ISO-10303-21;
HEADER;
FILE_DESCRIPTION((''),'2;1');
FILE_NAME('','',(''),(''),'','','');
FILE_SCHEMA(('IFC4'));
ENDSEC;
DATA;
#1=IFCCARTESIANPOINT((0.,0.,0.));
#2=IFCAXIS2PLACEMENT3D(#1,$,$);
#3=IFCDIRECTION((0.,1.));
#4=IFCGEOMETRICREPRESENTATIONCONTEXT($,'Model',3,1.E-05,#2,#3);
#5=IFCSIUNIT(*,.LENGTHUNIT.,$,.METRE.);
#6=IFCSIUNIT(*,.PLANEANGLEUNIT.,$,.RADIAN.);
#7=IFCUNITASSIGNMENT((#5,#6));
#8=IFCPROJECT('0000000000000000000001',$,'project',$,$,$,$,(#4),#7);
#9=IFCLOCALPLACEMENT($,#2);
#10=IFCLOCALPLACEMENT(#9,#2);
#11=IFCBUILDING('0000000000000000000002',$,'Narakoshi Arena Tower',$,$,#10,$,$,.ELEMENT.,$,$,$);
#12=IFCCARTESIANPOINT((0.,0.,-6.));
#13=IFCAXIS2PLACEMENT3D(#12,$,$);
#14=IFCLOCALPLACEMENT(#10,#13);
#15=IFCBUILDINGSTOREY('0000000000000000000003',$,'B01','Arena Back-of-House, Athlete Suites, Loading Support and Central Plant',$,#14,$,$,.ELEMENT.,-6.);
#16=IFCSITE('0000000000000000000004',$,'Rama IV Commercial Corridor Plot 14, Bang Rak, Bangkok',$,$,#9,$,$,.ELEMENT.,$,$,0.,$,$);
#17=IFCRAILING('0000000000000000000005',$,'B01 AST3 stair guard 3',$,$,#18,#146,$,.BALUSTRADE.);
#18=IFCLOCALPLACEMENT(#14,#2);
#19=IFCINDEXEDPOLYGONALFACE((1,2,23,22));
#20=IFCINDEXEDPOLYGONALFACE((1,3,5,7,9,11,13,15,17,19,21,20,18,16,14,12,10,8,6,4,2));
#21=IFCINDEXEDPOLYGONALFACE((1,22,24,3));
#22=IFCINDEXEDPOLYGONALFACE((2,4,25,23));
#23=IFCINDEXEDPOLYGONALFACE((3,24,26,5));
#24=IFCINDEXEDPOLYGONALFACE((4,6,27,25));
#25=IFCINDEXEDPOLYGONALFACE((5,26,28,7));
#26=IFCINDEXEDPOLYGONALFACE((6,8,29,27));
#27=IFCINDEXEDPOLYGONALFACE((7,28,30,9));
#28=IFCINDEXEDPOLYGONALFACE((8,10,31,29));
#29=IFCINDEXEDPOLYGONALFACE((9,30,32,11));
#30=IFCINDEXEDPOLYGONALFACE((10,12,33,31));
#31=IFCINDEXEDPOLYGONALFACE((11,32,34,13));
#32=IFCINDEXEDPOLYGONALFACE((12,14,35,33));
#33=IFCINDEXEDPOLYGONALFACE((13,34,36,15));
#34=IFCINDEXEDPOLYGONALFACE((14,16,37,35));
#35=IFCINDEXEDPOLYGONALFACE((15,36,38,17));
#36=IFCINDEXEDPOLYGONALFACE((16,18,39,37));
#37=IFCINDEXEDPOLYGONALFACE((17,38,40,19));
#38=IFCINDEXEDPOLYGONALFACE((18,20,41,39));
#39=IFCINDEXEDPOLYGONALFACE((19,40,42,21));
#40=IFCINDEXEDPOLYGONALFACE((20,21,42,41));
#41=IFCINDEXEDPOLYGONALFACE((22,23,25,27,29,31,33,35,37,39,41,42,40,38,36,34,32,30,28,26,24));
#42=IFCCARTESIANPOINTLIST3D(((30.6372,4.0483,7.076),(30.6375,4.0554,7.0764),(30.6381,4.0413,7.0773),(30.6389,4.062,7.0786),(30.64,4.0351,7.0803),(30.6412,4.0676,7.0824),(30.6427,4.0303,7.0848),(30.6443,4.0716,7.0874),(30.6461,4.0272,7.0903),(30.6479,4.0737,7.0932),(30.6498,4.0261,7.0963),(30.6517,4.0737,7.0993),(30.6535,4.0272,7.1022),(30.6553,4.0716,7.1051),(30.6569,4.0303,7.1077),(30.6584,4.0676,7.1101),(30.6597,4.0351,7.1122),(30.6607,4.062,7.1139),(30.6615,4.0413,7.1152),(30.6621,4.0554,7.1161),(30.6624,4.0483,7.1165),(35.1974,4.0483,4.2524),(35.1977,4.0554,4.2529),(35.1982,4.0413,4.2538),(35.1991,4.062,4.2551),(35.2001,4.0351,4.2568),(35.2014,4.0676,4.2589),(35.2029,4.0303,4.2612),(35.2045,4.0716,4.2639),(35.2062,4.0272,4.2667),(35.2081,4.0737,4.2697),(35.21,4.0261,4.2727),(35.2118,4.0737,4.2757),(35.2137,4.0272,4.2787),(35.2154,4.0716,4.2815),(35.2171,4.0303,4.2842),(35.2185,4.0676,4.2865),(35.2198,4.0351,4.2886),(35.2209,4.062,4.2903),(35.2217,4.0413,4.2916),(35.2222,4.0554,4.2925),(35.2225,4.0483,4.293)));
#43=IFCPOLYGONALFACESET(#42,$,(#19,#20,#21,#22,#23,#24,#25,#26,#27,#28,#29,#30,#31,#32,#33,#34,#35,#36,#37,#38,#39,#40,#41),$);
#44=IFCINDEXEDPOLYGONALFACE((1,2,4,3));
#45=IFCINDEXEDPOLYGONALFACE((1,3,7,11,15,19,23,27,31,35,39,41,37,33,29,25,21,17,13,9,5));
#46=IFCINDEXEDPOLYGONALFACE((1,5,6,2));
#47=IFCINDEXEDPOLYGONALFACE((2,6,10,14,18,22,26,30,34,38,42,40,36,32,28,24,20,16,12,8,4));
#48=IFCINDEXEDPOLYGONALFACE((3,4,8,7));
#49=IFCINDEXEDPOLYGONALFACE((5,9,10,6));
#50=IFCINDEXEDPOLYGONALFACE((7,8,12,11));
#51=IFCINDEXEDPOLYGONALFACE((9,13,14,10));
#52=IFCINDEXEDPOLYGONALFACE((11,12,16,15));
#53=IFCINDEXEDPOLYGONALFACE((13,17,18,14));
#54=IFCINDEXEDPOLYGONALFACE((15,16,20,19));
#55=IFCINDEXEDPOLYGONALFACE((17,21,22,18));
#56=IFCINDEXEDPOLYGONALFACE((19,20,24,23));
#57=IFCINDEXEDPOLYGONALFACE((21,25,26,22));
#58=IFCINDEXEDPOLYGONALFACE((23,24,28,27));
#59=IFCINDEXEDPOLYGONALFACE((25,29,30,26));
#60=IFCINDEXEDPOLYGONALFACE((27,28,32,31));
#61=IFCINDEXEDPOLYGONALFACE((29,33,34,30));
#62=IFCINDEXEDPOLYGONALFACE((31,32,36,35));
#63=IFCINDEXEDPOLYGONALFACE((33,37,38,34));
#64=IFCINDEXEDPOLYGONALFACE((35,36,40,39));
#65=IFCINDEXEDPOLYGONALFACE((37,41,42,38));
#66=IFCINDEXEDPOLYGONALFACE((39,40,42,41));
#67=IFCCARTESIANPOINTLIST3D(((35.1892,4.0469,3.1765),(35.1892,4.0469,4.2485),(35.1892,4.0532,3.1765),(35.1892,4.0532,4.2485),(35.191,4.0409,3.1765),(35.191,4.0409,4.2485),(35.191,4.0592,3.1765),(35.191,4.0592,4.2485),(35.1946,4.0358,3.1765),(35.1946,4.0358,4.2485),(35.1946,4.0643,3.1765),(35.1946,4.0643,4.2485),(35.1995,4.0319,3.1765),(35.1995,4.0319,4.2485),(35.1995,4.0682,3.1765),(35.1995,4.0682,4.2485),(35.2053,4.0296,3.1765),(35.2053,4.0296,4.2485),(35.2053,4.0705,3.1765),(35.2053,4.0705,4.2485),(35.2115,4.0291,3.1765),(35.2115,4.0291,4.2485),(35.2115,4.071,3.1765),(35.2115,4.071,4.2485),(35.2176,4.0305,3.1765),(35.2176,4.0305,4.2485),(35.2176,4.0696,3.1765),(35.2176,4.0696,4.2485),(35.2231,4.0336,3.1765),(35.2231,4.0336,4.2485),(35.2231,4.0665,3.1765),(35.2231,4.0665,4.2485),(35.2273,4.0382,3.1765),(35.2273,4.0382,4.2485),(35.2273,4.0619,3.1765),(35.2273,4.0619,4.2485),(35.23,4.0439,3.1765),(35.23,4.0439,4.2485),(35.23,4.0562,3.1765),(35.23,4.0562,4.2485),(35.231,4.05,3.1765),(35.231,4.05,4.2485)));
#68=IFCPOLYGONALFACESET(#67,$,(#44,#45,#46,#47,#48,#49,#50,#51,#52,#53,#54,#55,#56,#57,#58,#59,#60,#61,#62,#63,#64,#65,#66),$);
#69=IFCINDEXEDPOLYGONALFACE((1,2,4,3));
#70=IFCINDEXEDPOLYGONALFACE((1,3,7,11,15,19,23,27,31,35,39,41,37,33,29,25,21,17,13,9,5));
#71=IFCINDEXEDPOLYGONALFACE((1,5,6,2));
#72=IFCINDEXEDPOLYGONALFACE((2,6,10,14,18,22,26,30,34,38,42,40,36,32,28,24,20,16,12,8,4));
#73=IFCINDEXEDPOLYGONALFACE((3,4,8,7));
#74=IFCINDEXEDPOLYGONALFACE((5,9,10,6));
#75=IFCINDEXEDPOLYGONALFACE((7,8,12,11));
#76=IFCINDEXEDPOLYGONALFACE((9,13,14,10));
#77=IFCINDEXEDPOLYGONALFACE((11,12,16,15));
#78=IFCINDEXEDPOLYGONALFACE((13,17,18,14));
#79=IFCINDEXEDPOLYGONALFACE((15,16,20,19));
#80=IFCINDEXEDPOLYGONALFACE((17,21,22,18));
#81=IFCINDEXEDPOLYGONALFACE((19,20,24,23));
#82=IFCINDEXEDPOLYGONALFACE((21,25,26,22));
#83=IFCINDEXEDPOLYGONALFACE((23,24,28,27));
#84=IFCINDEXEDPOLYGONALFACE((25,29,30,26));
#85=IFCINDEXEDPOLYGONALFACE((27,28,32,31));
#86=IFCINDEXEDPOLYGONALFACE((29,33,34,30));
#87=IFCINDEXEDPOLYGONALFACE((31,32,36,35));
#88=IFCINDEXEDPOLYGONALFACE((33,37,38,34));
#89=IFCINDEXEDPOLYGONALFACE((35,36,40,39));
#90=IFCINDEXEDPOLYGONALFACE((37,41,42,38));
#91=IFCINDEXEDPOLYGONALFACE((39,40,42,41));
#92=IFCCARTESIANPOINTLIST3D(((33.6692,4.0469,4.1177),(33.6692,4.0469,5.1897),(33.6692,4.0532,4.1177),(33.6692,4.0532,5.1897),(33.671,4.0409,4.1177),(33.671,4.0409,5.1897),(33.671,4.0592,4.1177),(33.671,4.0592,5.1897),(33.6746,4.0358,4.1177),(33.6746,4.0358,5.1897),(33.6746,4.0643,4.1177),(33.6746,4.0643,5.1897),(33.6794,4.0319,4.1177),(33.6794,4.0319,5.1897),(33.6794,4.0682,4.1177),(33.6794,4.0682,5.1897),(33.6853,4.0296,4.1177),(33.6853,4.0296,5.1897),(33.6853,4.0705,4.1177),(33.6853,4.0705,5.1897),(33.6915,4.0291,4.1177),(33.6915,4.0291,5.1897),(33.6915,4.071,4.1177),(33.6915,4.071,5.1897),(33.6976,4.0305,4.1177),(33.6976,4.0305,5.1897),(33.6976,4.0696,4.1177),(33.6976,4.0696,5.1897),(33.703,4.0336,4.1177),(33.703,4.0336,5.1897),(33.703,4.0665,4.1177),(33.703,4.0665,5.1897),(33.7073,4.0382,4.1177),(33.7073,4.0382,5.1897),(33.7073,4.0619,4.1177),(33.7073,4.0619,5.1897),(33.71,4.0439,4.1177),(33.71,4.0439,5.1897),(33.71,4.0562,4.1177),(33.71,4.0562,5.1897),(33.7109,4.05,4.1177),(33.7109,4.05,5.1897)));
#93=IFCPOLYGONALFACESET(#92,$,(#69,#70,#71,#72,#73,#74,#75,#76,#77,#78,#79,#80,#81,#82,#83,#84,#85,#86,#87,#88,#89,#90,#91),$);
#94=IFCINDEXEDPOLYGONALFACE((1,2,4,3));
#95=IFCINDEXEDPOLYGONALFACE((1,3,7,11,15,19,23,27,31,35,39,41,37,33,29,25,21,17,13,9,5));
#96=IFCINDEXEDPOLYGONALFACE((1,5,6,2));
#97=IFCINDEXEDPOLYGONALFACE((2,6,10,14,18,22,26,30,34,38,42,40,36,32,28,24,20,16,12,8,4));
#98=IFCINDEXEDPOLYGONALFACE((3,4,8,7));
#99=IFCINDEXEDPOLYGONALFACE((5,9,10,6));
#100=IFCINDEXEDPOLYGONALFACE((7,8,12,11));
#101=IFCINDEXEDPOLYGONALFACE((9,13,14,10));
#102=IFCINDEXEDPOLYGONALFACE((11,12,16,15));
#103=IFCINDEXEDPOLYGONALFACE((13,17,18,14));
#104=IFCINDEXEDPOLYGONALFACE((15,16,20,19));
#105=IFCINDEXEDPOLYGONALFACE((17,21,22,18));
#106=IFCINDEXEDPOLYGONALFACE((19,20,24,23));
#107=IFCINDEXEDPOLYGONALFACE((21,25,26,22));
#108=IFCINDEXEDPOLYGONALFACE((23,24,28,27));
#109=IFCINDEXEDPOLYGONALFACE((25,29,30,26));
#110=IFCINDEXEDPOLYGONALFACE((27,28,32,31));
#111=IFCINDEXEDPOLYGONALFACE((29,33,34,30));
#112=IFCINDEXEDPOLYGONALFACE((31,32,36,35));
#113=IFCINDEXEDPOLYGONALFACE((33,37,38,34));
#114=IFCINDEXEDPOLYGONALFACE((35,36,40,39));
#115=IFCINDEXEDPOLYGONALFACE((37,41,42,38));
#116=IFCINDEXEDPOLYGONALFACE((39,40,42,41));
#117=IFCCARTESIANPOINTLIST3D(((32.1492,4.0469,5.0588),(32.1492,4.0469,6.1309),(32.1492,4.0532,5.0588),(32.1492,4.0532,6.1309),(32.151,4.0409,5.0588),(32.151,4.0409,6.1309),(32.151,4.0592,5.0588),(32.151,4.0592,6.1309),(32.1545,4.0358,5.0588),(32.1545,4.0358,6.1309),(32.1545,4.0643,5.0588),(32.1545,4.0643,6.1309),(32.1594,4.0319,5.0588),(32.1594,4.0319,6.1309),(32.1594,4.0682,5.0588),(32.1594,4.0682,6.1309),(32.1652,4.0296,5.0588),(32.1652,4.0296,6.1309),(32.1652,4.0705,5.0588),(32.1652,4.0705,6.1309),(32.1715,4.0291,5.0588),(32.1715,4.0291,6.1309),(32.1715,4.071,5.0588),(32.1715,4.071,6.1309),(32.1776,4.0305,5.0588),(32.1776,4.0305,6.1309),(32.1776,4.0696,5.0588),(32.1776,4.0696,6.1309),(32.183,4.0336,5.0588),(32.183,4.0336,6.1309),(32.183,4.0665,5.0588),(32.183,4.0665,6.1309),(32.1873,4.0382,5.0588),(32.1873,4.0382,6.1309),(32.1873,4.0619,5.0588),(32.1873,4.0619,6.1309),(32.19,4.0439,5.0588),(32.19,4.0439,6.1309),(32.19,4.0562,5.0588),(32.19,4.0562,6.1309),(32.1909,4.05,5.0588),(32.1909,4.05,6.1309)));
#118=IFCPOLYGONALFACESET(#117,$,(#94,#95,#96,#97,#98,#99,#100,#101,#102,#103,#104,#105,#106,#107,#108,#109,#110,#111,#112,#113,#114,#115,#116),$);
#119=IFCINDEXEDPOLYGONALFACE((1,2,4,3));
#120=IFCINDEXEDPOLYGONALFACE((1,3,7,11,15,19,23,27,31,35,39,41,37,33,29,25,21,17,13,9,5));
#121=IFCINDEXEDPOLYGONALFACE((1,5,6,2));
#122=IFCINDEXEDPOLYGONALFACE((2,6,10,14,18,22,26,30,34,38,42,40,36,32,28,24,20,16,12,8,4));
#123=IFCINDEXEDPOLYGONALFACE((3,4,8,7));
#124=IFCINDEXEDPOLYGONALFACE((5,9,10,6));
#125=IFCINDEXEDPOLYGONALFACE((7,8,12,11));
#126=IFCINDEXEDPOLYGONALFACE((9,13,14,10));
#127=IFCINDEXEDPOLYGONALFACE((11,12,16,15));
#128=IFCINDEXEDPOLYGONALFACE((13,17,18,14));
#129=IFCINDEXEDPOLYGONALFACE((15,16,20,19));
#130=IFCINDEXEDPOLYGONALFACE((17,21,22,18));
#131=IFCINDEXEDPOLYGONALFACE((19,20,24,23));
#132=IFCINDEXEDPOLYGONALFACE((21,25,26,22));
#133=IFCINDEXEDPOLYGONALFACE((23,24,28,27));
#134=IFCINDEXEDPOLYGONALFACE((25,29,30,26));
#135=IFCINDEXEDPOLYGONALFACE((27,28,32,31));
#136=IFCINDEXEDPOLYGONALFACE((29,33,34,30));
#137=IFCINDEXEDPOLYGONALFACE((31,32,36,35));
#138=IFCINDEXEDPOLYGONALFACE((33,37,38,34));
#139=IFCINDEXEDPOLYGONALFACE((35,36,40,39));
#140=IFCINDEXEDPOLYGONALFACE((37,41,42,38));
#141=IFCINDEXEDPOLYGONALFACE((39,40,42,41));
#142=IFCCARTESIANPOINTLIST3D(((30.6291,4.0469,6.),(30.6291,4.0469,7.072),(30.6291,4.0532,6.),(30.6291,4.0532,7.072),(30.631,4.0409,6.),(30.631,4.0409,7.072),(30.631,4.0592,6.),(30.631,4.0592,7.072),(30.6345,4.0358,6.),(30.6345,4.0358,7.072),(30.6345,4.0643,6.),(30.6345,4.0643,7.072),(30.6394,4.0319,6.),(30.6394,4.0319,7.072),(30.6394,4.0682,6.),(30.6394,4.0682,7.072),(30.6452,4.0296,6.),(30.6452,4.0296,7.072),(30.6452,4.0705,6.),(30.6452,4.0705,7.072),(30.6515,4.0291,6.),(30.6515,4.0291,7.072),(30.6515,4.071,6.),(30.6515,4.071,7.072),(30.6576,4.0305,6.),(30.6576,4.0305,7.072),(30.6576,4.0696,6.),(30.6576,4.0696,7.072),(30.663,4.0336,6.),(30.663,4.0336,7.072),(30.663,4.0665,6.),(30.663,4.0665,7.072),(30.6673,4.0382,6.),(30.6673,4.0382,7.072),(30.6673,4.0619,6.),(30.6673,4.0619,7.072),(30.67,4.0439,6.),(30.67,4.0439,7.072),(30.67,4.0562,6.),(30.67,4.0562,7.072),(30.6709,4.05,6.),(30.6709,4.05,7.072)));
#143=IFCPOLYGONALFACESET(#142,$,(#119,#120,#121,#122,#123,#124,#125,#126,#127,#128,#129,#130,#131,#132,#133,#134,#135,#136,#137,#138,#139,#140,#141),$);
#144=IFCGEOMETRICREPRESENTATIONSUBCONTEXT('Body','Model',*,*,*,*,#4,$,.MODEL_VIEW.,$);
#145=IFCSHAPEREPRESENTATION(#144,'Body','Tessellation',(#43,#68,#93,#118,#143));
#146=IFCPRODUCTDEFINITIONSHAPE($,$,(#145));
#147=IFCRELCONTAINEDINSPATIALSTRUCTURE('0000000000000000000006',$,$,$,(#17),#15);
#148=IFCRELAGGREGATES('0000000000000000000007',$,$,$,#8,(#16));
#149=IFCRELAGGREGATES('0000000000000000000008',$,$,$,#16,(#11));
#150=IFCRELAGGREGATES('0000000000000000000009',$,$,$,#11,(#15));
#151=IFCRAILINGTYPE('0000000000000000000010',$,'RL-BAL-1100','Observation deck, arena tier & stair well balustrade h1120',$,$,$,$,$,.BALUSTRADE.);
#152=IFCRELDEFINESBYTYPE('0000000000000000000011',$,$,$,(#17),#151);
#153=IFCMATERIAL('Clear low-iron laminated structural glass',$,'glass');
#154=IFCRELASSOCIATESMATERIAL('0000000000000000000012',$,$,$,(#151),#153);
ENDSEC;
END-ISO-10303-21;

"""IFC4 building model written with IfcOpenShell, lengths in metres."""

from ifc_helpers import new_model, si_unit, direction, frame, origin, origin_2d, place, context, subcontext, project, spatial, circle, extrude, material, type_object, element, save


model = new_model("IFC4")

# Units and contexts
model_context = context("Model", 3, precision=1e-05, world=origin(), true_north=direction((0.0, 1.0)))
body_context = subcontext(model_context, "Body", "Model", "MODEL_VIEW")
ifc_project = project(units=[si_unit("LENGTHUNIT", "METRE"), si_unit("PLANEANGLEUNIT", "RADIAN")], contexts=[model_context])

# Site, building, storey
site_placement = place(None, origin())
site = spatial("IfcSite", under=ifc_project, at=site_placement, Name="Rama IV Commercial Corridor Plot 14, Bang Rak, Bangkok", CompositionType="ELEMENT", RefElevation=0.0)
building_placement = place(site_placement, origin())
building = spatial("IfcBuilding", under=site, at=building_placement, Name="Narakoshi Arena Tower", CompositionType="ELEMENT")
storey_placement = place(building_placement, frame((0.0, 0.0, -6.0)))
storey = spatial("IfcBuildingStorey", under=building, at=storey_placement, Name="B01", Description="Arena Back-of-House, Athlete Suites, Loading Support and Central Plant", CompositionType="ELEMENT", Elevation=-6.0)

# Railing
ifc_material_1 = material(Name="Clear low-iron laminated structural glass", Category="glass")
railing_type_1 = type_object("IfcRailingType", Name="RL-BAL-1100", Description="Observation deck, arena tier & stair well balustrade h1120", PredefinedType="BALUSTRADE", material=ifc_material_1)
railing_1_placement = place(storey_placement, frame((35.21, 4.05, 3.1765)))
element("IfcRailing", 1, at=railing_1_placement, inside=storey, type_object=railing_type_1, Name="B01 AST3 stair guard 3", PredefinedType="BALUSTRADE", context=body_context, shape_type="SweptSolid", body=[
    extrude(circle(Radius=0.0239, at=origin_2d()), frame((0.0, 0.0, 1.0962), z_axis=(-0.850216, 0.0, 0.526435), x_axis=(0.0, -1.0, 0.0)), (0.0, 0.0, 1.0), 5.3635),
    extrude(circle(Radius=0.021, at=origin_2d()), origin(), (0.0, 0.0, 1.0), 1.072),
    extrude(circle(Radius=0.021, at=origin_2d()), frame((-1.52, 0.0, 0.9412)), (0.0, 0.0, 1.0), 1.072),
    extrude(circle(Radius=0.021, at=origin_2d()), frame((-3.04, 0.0, 1.8823)), (0.0, 0.0, 1.0), 1.072),
    extrude(circle(Radius=0.021, at=origin_2d()), frame((-4.5601, 0.0, 2.8235)), (0.0, 0.0, 1.0), 1.072),
])

save(model, "model.ifc")
